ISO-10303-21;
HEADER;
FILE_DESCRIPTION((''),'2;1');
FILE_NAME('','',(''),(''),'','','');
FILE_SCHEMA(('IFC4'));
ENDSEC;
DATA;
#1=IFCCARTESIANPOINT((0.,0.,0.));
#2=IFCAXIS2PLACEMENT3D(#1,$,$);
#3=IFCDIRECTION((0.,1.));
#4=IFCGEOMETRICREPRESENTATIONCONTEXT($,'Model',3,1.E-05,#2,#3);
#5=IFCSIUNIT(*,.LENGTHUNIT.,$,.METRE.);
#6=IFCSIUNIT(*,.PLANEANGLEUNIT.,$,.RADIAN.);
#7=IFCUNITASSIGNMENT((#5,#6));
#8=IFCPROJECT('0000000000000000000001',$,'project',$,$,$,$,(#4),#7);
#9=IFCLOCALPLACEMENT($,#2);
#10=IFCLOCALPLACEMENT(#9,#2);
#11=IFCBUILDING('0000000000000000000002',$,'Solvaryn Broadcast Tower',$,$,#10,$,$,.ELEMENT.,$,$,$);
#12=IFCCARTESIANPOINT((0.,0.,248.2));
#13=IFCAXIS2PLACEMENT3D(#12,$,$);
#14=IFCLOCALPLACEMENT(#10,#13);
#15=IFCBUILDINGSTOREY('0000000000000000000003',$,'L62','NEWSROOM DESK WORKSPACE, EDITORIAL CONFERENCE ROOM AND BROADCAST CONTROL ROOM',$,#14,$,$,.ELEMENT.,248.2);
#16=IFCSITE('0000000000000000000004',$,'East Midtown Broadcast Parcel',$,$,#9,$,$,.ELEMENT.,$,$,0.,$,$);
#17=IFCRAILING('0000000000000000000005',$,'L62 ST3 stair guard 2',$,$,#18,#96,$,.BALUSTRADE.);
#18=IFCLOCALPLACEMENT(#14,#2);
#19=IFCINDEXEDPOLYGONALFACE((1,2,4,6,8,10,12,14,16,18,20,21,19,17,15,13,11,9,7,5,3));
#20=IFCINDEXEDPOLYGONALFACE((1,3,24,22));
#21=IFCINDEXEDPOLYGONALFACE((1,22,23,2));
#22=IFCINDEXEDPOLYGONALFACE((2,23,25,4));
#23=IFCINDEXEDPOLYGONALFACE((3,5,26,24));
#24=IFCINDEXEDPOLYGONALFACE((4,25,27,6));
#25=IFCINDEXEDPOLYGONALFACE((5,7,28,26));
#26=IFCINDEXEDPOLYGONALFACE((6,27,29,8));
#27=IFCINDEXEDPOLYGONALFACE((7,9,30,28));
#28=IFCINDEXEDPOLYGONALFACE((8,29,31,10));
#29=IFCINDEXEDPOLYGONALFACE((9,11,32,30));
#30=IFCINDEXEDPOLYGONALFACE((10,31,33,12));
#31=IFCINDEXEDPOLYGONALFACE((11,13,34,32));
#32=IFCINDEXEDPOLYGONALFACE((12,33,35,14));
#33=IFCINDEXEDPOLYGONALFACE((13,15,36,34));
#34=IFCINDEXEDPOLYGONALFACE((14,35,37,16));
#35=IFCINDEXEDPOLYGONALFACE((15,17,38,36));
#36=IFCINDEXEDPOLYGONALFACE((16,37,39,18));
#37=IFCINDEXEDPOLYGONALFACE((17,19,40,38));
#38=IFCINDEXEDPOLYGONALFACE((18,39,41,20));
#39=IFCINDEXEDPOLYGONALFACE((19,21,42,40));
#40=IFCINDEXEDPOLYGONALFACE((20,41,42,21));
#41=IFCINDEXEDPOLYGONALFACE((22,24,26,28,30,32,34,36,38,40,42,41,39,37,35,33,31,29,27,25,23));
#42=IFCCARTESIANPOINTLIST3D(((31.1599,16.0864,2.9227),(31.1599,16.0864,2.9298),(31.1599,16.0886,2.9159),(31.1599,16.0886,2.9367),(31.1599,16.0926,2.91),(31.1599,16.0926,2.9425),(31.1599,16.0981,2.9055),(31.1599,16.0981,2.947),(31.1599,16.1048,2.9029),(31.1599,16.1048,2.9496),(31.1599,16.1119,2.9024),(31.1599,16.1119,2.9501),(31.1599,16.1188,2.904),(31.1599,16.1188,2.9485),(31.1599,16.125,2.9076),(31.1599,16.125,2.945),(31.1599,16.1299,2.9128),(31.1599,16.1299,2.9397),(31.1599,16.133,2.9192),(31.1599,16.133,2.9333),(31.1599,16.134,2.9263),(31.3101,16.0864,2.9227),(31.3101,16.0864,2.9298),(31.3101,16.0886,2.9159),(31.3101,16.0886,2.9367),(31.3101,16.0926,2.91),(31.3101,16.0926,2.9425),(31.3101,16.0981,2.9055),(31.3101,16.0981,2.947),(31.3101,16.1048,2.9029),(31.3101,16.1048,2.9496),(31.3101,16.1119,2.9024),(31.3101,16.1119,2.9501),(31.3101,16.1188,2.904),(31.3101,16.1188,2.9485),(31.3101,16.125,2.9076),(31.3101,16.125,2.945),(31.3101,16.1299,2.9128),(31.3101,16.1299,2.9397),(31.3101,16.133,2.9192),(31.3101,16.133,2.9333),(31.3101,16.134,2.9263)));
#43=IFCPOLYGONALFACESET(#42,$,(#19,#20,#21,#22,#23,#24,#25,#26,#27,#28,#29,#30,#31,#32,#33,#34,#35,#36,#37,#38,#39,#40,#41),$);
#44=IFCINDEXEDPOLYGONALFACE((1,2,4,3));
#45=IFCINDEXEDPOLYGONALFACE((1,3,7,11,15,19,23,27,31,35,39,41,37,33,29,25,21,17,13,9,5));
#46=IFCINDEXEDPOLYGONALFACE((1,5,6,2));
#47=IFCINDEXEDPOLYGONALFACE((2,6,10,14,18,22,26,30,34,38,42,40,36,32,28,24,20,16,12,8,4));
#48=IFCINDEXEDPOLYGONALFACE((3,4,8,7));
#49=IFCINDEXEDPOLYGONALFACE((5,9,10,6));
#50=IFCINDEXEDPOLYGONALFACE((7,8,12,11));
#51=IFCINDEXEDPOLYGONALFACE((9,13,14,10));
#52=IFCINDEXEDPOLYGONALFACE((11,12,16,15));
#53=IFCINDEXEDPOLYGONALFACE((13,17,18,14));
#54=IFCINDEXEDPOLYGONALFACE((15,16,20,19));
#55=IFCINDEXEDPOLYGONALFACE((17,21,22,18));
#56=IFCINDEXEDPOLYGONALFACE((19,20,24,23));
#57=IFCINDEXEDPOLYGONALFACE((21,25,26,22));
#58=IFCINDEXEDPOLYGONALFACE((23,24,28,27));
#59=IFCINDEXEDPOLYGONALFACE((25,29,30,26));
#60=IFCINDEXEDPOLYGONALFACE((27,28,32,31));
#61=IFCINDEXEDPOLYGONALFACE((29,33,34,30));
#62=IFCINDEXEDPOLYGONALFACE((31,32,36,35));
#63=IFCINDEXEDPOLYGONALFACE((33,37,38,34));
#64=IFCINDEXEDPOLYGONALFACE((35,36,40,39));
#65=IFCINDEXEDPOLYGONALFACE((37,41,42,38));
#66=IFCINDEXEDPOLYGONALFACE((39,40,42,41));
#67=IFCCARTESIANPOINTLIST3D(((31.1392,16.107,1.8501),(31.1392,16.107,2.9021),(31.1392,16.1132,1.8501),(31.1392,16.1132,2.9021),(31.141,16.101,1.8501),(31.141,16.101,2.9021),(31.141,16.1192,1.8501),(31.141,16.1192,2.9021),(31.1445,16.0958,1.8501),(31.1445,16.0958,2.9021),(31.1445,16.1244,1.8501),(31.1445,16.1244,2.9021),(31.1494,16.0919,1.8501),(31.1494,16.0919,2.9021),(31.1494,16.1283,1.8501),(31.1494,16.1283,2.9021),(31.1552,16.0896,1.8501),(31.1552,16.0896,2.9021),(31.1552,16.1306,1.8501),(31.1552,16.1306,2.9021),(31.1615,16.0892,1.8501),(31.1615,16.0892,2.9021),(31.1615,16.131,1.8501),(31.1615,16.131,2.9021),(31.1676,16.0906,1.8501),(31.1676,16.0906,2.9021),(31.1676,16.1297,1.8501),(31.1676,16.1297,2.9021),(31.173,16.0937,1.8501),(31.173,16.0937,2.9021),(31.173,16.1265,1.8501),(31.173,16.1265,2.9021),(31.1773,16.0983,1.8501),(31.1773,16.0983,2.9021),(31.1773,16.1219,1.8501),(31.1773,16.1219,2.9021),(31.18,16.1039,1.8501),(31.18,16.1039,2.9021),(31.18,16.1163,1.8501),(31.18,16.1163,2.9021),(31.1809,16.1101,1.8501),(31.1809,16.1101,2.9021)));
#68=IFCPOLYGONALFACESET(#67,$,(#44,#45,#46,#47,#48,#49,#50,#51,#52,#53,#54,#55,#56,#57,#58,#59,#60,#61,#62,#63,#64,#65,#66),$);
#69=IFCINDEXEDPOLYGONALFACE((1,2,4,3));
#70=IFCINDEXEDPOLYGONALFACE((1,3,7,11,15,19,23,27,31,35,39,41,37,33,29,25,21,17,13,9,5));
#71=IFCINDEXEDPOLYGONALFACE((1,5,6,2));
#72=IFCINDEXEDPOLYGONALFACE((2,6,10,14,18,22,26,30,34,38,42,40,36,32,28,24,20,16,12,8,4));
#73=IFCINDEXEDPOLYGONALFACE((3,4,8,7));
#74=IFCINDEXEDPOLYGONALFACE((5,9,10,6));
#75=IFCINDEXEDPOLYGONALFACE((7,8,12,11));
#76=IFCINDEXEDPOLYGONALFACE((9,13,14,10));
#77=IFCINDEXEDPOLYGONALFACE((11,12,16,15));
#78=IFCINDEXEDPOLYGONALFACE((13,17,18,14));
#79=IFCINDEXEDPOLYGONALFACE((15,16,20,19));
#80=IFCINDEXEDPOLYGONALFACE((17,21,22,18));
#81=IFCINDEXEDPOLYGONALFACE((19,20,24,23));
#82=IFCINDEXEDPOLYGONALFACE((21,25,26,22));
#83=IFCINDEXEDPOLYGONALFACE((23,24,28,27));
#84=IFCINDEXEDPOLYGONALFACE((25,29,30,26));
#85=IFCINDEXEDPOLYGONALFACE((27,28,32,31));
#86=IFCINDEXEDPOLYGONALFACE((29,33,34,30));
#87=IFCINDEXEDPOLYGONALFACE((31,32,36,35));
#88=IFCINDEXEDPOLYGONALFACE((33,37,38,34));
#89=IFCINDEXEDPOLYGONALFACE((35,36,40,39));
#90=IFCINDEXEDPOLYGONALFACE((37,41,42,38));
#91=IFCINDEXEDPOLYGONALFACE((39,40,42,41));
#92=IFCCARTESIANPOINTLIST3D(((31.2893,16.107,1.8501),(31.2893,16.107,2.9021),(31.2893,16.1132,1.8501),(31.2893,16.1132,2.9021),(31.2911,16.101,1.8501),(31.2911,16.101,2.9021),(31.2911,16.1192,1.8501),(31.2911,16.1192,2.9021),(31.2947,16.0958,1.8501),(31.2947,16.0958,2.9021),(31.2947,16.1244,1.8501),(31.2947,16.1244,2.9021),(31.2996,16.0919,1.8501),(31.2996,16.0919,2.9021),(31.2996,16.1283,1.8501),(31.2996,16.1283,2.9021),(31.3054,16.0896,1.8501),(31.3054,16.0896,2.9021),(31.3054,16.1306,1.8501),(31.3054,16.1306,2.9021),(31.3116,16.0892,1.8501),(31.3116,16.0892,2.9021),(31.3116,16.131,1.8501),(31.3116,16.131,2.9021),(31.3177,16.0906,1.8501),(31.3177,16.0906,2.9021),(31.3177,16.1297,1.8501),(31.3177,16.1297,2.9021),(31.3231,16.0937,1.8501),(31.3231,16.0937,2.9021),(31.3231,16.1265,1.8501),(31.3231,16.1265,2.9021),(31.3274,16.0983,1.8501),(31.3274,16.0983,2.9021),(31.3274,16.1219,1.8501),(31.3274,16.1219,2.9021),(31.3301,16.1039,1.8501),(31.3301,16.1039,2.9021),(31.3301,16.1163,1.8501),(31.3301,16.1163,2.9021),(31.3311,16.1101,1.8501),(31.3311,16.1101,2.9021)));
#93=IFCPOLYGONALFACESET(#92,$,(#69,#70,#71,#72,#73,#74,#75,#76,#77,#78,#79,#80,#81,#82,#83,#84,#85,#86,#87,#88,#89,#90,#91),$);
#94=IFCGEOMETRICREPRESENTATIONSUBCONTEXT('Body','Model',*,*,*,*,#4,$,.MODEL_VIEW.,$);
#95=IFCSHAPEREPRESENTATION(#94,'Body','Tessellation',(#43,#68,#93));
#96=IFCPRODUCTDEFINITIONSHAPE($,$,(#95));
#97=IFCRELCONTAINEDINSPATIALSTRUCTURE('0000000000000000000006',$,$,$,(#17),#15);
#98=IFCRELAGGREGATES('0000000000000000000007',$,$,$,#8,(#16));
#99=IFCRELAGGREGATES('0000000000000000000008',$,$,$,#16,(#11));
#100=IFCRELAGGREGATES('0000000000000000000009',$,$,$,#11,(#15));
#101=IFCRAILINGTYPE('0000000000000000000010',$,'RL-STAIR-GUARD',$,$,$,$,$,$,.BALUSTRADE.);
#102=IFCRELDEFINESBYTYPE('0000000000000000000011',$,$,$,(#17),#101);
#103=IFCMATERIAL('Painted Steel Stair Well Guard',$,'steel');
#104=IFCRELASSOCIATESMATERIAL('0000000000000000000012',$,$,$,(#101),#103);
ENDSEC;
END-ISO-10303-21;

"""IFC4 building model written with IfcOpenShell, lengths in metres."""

from ifc_helpers import new_model, si_unit, direction, frame, origin, origin_2d, place, context, subcontext, project, spatial, circle, extrude, material, type_object, element, save


model = new_model("IFC4")

# Units and contexts
model_context = context("Model", 3, precision=1e-05, world=origin(), true_north=direction((0.0, 1.0)))
body_context = subcontext(model_context, "Body", "Model", "MODEL_VIEW")
ifc_project = project(units=[si_unit("LENGTHUNIT", "METRE"), si_unit("PLANEANGLEUNIT", "RADIAN")], contexts=[model_context])

# Site, building, storey
site_placement = place(None, origin())
site = spatial("IfcSite", under=ifc_project, at=site_placement, Name="East Midtown Broadcast Parcel", CompositionType="ELEMENT", RefElevation=0.0)
building_placement = place(site_placement, origin())
building = spatial("IfcBuilding", under=site, at=building_placement, Name="Solvaryn Broadcast Tower", CompositionType="ELEMENT")
storey_placement = place(building_placement, frame((0.0, 0.0, 248.2)))
storey = spatial("IfcBuildingStorey", under=building, at=storey_placement, Name="L62", Description="NEWSROOM DESK WORKSPACE, EDITORIAL CONFERENCE ROOM AND BROADCAST CONTROL ROOM", CompositionType="ELEMENT", Elevation=248.2)

# Railing
ifc_material_1 = material(Name="Painted Steel Stair Well Guard", Category="steel")
railing_type_1 = type_object("IfcRailingType", Name="RL-STAIR-GUARD", PredefinedType="BALUSTRADE", material=ifc_material_1)
railing_1_placement = place(storey_placement, frame((31.1599, 16.1101, 1.8501)))
element("IfcRailing", 1, at=railing_1_placement, inside=storey, type_object=railing_type_1, Name="L62 ST3 stair guard 2", PredefinedType="BALUSTRADE", context=body_context, shape_type="SweptSolid", body=[
    extrude(circle(Radius=0.0239, at=origin_2d()), frame((0.0, 0.0, 1.0762), z_axis=(1.0, 0.0, 0.0), x_axis=(0.0, 1.0, 0.0)), (0.0, 0.0, 1.0), 0.1501),
    extrude(circle(Radius=0.021, at=origin_2d()), origin(), (0.0, 0.0, 1.0), 1.052),
    extrude(circle(Radius=0.021, at=origin_2d()), frame((0.1501, 0.0, 0.0)), (0.0, 0.0, 1.0), 1.052),
])

save(model, "model.ifc")
